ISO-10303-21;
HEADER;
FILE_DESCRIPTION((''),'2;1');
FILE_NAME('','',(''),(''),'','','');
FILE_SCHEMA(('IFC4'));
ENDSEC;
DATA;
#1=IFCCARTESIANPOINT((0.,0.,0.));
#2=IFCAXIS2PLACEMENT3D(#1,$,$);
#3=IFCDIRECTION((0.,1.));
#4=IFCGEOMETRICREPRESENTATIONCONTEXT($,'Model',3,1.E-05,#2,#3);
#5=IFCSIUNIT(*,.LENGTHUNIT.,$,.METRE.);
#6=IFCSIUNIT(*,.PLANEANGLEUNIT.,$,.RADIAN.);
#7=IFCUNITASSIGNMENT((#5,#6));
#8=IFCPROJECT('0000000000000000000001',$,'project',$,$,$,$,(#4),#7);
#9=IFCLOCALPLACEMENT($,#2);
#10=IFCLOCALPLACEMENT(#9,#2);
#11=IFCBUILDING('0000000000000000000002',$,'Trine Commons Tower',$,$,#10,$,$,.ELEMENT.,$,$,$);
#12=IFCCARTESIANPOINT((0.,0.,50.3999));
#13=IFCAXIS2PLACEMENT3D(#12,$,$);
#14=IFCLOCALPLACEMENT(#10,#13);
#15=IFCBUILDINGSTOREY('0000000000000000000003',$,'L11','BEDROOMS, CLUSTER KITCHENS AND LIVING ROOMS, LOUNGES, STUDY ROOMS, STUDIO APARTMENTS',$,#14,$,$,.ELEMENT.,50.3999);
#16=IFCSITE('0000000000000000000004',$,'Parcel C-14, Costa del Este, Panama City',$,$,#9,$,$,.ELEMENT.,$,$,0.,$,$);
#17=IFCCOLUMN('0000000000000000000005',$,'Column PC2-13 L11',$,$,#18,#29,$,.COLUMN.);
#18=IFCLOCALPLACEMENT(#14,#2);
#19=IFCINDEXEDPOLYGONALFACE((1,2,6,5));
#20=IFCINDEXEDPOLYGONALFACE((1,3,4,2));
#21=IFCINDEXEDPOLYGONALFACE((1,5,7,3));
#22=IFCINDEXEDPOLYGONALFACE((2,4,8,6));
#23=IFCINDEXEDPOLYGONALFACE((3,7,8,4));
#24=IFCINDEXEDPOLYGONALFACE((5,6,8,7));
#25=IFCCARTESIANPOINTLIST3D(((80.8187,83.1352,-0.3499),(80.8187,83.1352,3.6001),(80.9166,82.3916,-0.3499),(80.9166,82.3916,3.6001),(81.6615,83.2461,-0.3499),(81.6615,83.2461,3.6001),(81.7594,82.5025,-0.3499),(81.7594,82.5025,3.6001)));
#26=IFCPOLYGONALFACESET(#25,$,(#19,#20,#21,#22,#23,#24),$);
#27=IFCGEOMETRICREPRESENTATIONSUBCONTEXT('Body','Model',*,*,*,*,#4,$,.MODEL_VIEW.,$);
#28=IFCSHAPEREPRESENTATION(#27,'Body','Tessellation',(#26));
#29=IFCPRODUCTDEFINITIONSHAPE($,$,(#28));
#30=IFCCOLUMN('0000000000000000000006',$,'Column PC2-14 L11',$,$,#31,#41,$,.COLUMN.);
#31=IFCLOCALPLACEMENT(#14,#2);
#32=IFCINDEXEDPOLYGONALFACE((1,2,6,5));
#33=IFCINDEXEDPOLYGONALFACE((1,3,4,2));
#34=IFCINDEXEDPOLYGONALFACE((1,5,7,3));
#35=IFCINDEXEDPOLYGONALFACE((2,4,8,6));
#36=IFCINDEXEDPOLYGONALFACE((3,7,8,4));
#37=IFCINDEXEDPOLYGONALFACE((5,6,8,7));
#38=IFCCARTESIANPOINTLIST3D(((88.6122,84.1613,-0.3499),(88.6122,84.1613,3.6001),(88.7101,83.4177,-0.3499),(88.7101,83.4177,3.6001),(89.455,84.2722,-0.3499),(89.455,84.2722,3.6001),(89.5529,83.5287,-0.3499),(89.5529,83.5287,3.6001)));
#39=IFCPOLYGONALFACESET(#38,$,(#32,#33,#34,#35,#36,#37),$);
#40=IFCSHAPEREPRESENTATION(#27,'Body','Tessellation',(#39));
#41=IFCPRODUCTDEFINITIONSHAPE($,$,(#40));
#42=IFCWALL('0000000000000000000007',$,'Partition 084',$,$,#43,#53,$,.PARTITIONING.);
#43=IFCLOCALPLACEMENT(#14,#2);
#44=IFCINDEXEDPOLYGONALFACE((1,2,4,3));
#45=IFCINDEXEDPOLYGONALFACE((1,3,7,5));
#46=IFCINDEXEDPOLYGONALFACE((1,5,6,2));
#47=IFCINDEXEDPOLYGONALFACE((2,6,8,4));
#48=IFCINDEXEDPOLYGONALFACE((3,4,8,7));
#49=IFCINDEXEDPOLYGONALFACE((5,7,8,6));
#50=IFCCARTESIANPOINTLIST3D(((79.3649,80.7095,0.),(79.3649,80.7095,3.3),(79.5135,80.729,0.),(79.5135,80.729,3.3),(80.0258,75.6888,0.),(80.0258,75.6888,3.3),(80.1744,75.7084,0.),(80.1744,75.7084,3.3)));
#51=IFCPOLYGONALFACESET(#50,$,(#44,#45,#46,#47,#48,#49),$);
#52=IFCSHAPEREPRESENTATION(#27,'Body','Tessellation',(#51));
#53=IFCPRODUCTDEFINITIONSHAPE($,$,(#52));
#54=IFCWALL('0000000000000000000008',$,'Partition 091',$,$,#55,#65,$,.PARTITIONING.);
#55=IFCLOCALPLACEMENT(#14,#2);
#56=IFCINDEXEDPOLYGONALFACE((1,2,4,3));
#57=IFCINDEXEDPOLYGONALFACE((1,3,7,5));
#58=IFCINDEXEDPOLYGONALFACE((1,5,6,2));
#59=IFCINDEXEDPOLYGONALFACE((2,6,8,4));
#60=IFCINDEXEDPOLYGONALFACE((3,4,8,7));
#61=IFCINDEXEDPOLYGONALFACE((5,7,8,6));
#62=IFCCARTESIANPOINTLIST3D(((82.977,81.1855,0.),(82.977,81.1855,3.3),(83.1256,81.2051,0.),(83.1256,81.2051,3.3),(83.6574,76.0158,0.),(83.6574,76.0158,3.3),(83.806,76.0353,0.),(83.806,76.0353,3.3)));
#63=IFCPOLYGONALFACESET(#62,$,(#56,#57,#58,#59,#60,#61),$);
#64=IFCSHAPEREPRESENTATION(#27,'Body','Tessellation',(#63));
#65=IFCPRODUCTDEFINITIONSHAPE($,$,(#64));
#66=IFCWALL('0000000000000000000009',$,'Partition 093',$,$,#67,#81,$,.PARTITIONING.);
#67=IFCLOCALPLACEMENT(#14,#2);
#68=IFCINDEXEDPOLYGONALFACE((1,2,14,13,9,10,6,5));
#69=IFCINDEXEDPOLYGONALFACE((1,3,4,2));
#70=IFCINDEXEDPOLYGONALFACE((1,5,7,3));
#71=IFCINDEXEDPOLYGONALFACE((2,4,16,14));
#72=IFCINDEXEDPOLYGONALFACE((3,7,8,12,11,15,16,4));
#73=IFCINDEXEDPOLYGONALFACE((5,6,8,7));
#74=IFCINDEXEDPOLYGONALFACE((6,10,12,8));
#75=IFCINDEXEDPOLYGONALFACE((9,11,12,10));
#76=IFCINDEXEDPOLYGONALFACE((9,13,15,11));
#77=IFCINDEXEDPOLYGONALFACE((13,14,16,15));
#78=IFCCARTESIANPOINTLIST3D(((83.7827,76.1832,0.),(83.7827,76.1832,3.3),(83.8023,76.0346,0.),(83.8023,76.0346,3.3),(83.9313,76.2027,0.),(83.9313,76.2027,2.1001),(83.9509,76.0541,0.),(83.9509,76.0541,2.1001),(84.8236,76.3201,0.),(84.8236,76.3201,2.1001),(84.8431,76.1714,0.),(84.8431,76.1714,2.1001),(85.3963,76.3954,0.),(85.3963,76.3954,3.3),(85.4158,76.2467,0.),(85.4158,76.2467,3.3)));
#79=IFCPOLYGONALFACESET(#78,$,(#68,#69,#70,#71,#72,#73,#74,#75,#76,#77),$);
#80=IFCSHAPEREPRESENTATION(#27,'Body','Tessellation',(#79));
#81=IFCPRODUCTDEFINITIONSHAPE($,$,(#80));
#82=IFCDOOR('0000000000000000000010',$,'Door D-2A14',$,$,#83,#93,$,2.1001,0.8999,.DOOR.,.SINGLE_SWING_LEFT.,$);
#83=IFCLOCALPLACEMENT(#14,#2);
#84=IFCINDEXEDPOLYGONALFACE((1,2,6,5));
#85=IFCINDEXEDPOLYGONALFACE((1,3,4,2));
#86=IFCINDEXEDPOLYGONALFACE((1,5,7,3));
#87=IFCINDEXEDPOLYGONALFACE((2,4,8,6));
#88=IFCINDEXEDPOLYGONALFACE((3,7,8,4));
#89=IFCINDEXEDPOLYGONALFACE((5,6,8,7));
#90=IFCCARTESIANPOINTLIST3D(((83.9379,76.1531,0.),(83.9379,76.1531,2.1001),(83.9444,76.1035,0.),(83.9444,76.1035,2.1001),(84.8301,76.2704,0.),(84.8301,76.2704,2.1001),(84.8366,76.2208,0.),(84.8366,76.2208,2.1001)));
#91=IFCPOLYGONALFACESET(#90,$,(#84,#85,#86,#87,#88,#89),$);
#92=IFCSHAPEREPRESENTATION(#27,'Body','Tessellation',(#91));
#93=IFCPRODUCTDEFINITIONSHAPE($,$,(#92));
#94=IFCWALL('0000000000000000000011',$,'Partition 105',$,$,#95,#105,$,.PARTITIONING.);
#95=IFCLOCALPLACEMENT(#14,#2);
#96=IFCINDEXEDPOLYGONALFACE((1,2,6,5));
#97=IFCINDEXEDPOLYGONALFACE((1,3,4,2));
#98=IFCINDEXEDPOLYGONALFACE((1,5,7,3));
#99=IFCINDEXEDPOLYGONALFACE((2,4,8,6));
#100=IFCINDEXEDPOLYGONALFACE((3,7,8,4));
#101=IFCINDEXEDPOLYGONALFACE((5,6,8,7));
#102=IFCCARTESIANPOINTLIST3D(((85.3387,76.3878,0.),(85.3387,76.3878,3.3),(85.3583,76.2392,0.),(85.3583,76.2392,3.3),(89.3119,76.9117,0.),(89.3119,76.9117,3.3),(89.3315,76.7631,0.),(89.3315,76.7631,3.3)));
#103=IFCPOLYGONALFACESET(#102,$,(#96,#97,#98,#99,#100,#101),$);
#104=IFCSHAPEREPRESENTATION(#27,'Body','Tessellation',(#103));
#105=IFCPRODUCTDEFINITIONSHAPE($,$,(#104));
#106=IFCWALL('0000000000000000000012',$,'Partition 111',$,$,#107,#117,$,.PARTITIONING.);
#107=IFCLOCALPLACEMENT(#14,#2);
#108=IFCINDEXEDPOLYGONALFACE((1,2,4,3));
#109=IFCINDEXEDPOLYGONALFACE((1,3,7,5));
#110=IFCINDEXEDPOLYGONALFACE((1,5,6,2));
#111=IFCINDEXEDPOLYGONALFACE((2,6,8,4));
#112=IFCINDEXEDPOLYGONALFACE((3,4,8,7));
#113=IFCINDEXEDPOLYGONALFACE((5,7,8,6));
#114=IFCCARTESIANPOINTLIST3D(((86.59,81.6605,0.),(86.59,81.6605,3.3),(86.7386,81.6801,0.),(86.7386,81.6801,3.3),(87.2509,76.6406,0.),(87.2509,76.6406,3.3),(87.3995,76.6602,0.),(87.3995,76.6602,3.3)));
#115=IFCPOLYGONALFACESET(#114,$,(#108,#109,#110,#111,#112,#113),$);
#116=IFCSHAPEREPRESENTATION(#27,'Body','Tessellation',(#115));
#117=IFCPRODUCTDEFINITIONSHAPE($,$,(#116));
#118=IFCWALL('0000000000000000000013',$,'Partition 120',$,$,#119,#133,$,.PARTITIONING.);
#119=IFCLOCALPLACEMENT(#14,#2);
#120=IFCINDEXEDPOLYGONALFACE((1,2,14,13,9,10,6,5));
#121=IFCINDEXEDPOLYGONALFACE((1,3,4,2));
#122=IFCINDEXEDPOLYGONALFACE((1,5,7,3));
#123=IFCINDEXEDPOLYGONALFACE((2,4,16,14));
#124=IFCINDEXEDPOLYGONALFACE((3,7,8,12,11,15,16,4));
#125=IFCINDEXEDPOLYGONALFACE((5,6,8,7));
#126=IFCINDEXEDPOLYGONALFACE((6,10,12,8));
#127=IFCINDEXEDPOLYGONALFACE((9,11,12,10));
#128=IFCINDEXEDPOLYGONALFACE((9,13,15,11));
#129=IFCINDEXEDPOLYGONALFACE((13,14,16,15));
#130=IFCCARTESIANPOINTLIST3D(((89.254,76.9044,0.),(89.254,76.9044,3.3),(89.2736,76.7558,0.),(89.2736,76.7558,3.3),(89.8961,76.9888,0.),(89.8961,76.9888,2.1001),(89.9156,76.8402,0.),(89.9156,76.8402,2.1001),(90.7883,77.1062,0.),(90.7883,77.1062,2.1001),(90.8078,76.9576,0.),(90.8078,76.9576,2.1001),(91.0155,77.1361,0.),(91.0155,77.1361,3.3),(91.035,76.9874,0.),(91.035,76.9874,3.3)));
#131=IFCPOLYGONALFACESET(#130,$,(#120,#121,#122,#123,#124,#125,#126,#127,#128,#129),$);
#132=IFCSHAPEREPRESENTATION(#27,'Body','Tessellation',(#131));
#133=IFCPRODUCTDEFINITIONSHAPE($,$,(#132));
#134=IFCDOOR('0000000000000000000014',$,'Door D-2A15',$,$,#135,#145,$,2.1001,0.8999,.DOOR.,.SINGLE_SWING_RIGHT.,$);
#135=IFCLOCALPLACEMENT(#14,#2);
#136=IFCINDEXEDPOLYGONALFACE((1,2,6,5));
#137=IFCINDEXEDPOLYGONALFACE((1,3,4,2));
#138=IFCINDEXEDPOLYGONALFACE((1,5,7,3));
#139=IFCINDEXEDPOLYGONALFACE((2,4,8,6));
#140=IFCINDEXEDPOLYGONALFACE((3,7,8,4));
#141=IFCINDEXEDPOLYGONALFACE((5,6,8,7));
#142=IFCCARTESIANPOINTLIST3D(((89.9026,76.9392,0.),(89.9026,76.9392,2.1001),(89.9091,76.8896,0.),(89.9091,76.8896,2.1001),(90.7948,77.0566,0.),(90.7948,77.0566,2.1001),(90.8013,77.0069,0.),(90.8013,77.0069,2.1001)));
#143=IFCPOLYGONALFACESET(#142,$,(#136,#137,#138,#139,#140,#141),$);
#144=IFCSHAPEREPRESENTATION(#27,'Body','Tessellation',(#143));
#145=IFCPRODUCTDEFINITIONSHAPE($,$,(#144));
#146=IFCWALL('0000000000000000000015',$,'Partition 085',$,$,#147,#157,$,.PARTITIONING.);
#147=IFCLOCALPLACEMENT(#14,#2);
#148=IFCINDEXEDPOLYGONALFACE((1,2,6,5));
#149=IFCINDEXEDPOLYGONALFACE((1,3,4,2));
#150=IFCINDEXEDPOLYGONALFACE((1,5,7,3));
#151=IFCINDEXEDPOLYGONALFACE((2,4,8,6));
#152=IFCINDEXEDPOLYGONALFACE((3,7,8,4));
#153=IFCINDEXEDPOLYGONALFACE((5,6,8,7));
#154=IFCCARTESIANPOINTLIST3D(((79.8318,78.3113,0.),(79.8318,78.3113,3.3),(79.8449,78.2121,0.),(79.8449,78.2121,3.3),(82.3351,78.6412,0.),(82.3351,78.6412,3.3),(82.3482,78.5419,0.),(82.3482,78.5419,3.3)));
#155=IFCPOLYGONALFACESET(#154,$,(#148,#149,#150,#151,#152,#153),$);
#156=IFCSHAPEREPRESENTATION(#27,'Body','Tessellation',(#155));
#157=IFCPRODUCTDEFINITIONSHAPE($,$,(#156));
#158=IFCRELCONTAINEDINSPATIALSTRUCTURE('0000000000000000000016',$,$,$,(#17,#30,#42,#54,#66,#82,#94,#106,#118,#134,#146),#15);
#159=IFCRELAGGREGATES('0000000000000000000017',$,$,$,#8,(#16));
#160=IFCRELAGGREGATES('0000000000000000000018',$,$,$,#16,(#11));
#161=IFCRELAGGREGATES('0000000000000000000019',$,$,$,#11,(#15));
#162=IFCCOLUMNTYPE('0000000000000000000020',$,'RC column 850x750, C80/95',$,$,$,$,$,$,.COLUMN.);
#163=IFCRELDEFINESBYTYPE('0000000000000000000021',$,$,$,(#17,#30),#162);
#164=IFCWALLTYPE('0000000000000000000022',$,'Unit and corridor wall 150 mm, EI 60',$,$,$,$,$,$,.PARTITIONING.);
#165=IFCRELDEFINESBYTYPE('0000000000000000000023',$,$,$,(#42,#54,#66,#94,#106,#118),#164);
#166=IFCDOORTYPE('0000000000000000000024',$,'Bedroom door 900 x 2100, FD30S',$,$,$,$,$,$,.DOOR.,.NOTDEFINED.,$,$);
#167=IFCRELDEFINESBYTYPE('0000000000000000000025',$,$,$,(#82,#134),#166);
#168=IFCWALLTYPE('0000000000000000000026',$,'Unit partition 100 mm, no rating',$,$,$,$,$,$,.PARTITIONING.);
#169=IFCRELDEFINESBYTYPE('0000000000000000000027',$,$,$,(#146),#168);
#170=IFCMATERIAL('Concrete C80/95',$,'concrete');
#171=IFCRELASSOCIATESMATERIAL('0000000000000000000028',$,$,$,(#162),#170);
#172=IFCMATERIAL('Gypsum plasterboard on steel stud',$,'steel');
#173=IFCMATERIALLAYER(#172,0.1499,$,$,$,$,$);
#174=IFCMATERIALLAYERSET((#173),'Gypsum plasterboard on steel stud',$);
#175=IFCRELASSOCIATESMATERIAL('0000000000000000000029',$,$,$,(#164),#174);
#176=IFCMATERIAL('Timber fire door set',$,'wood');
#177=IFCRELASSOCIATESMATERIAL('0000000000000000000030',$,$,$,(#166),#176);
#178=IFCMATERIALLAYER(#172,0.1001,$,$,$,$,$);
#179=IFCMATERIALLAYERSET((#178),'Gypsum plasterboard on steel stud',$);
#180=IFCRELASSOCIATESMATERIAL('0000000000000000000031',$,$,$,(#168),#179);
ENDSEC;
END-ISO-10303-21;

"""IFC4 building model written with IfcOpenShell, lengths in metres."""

from ifc_helpers import new_model, si_unit, direction, frame, frame_2d, origin, origin_2d, place, context, subcontext, project, spatial, rectangle, extrude, material, layer, layer_set, material_profile, profile_set, type_object, element, fill, save


model = new_model("IFC4")

# Units and contexts
model_context = context("Model", 3, precision=1e-05, world=origin(), true_north=direction((0.0, 1.0)))
body_context = subcontext(model_context, "Body", "Model", "MODEL_VIEW")
ifc_project = project(units=[si_unit("LENGTHUNIT", "METRE"), si_unit("PLANEANGLEUNIT", "RADIAN")], contexts=[model_context])

# Site, building, storey
site_placement = place(None, origin())
site = spatial("IfcSite", under=ifc_project, at=site_placement, Name="Parcel C-14, Costa del Este, Panama City", CompositionType="ELEMENT", RefElevation=0.0)
building_placement = place(site_placement, origin())
building = spatial("IfcBuilding", under=site, at=building_placement, Name="Trine Commons Tower", CompositionType="ELEMENT")
storey_placement = place(building_placement, frame((0.0, 0.0, 50.3999)))
storey = spatial("IfcBuildingStorey", under=building, at=storey_placement, Name="L11", Description="BEDROOMS, CLUSTER KITCHENS AND LIVING ROOMS, LOUNGES, STUDY ROOMS, STUDIO APARTMENTS", CompositionType="ELEMENT", Elevation=50.3999)

# Columns
ifc_material_1 = material(Name="Concrete C80/95", Category="concrete")
ifc_material_profile = material_profile(ifc_material_1, rectangle(XDim=0.8501, YDim=0.75, at=origin_2d()), Name="RC 850x750")
ifc_profile_set = profile_set([ifc_material_profile], Name="Concrete C80/95")
column_type = type_object("IfcColumnType", Name="RC column 850x750, C80/95", PredefinedType="COLUMN", material=ifc_profile_set)
for number, where, z_axis, x_axis, name in (
    (1, (81.2891, 82.8188, -0.3499), (0.0, 0.0, 1.0), (0.991445, 0.130526, 0.0), "Column PC2-13 L11"),
    (2, (89.0825, 83.845, -0.3499), (0.0, 0.0, 1.0), (0.991445, 0.130526, 0.0), "Column PC2-14 L11"),
):
    element("IfcColumn", number, at=place(storey_placement, frame(where, z_axis=z_axis, x_axis=x_axis)), inside=storey, type_object=column_type, Name=name, PredefinedType="COLUMN", context=body_context, shape_type="SweptSolid", body=[
        extrude(rectangle(XDim=0.8501, YDim=0.75, at=origin_2d()), origin(), (0.0, 0.0, 1.0), 3.95),
    ])

# Walls
ifc_material_2 = material(Name="Gypsum plasterboard on steel stud", Category="steel")
ifc_layer_1 = layer(ifc_material_2, 0.1499)
ifc_layer_set_1 = layer_set([ifc_layer_1], Name="Gypsum plasterboard on steel stud")
wall_type_1 = type_object("IfcWallType", Name="Unit and corridor wall 150 mm, EI 60", PredefinedType="PARTITIONING", material=ifc_layer_set_1)
wall_1_placement = place(storey_placement, frame((79.4392, 80.7192, 0.0), z_axis=(0.0, 0.0, 1.0), x_axis=(0.130506, -0.991448, 0.0)))
element("IfcWall", 3, at=wall_1_placement, inside=storey, type_object=wall_type_1, Name="Partition 084", PredefinedType="PARTITIONING", context=body_context, shape_type="SweptSolid", body=[
    extrude(rectangle(XDim=5.064, YDim=0.1499, at=frame_2d((2.532, 0.0))), origin(), (0.0, 0.0, 1.0), 3.3),
])
wall_2_placement = place(storey_placement, frame((83.0513, 81.1953, 0.0), z_axis=(0.0, 0.0, 1.0), x_axis=(0.130492, -0.991449, 0.0)))
element("IfcWall", 4, at=wall_2_placement, inside=storey, type_object=wall_type_1, Name="Partition 091", PredefinedType="PARTITIONING", context=body_context, shape_type="SweptSolid", body=[
    extrude(rectangle(XDim=5.2144, YDim=0.1499, at=frame_2d((2.6072, 0.0))), origin(), (0.0, 0.0, 1.0), 3.3),
])

# Wall, opening, door
wall_3_placement = place(storey_placement, frame((83.7925, 76.1089, 0.0), z_axis=(0.0, 0.0, 1.0), x_axis=(0.991466, 0.130365, 0.0)))
wall_3 = element("IfcWall", 5, at=wall_3_placement, inside=storey, type_object=wall_type_1, Name="Partition 093", PredefinedType="PARTITIONING", context=body_context, shape_type="SweptSolid", body=[
    extrude(rectangle(XDim=1.6274, YDim=0.1499, at=frame_2d((0.8137, 0.0))), origin(), (0.0, 0.0, 1.0), 3.3),
])
opening_1_placement = place(wall_3_placement, frame((0.1499, 0.0, 0.0)))
opening_1 = element("IfcOpeningElement", 6, at=opening_1_placement, cuts=wall_3, PredefinedType="OPENING", context=body_context, shape_type="SweptSolid", body=[
    extrude(rectangle(XDim=0.8999, YDim=2.1001, at=frame_2d((0.45, 1.05))), frame((0.0, 0.085, 0.0), z_axis=(0.0, -1.0, 0.0), x_axis=(1.0, 0.0, 0.0)), (0.0, 0.0, 1.0), 0.1699),
])
ifc_material_3 = material(Name="Timber fire door set", Category="wood")
door_type_1 = type_object("IfcDoorType", Name="Bedroom door 900 x 2100, FD30S", OperationType="NOTDEFINED", PredefinedType="DOOR", material=ifc_material_3)
door_1_placement = place(opening_1_placement, origin())
door_1 = element("IfcDoor", 7, at=door_1_placement, inside=storey, type_object=door_type_1, Name="Door D-2A14", OperationType="SINGLE_SWING_LEFT", OverallHeight=2.1001, OverallWidth=0.8999, PredefinedType="DOOR", context=body_context, shape_type="SweptSolid", body=[
    extrude(rectangle(XDim=0.8999, YDim=2.1001, at=frame_2d((0.45, 1.05))), frame((0.0, 0.0249, 0.0), z_axis=(0.0, -1.0, 0.0), x_axis=(1.0, 0.0, 0.0)), (0.0, 0.0, 1.0), 0.05),
])
fill(opening_1, door_1)

# Walls
wall_4_placement = place(storey_placement, frame((85.3484, 76.3135, 0.0), z_axis=(0.0, 0.0, 1.0), x_axis=(0.991417, 0.130735, 0.0)))
element("IfcWall", 8, at=wall_4_placement, inside=storey, type_object=wall_type_1, Name="Partition 105", PredefinedType="PARTITIONING", context=body_context, shape_type="SweptSolid", body=[
    extrude(rectangle(XDim=4.0076, YDim=0.1499, at=frame_2d((2.0039, 0.0))), origin(), (0.0, 0.0, 1.0), 3.3),
])
wall_5_placement = place(storey_placement, frame((86.6643, 81.6704, 0.0), z_axis=(0.0, 0.0, 1.0), x_axis=(0.130524, -0.991445, 0.0)))
element("IfcWall", 9, at=wall_5_placement, inside=storey, type_object=wall_type_1, Name="Partition 111", PredefinedType="PARTITIONING", context=body_context, shape_type="SweptSolid", body=[
    extrude(rectangle(XDim=5.0632, YDim=0.1499, at=frame_2d((2.5317, 0.0))), origin(), (0.0, 0.0, 1.0), 3.3),
])

# Wall, opening, door
wall_6_placement = place(storey_placement, frame((89.2639, 76.8301, 0.0), z_axis=(0.0, 0.0, 1.0), x_axis=(0.99146, 0.130408, 0.0)))
wall_6 = element("IfcWall", 10, at=wall_6_placement, inside=storey, type_object=wall_type_1, Name="Partition 120", PredefinedType="PARTITIONING", context=body_context, shape_type="SweptSolid", body=[
    extrude(rectangle(XDim=1.7766, YDim=0.1499, at=frame_2d((0.8882, 0.0))), origin(), (0.0, 0.0, 1.0), 3.3),
])
opening_2_placement = place(wall_6_placement, frame((0.6475, 0.0, 0.0)))
opening_2 = element("IfcOpeningElement", 11, at=opening_2_placement, cuts=wall_6, PredefinedType="OPENING", context=body_context, shape_type="SweptSolid", body=[
    extrude(rectangle(XDim=0.8999, YDim=2.1001, at=frame_2d((0.45, 1.05))), frame((0.0, 0.085, 0.0), z_axis=(0.0, -1.0, 0.0), x_axis=(1.0, 0.0, 0.0)), (0.0, 0.0, 1.0), 0.1699),
])
door_2_placement = place(opening_2_placement, origin())
door_2 = element("IfcDoor", 12, at=door_2_placement, inside=storey, type_object=door_type_1, Name="Door D-2A15", OperationType="SINGLE_SWING_RIGHT", OverallHeight=2.1001, OverallWidth=0.8999, PredefinedType="DOOR", context=body_context, shape_type="SweptSolid", body=[
    extrude(rectangle(XDim=0.8999, YDim=2.1001, at=frame_2d((0.45, 1.05))), frame((0.0, 0.0249, 0.0), z_axis=(0.0, -1.0, 0.0), x_axis=(1.0, 0.0, 0.0)), (0.0, 0.0, 1.0), 0.05),
])
fill(opening_2, door_2)

# Wall
ifc_layer_2 = layer(ifc_material_2, 0.1001)
ifc_layer_set_2 = layer_set([ifc_layer_2], Name="Gypsum plasterboard on steel stud")
wall_type_2 = type_object("IfcWallType", Name="Unit partition 100 mm, no rating", PredefinedType="PARTITIONING", material=ifc_layer_set_2)
wall_7_placement = place(storey_placement, frame((79.8384, 78.2617, 0.0), z_axis=(0.0, 0.0, 1.0), x_axis=(0.99143, 0.130637, 0.0)))
element("IfcWall", 13, at=wall_7_placement, inside=storey, type_object=wall_type_2, Name="Partition 085", PredefinedType="PARTITIONING", context=body_context, shape_type="SweptSolid", body=[
    extrude(rectangle(XDim=2.5249, YDim=0.1001, at=frame_2d((1.2625, 0.0))), origin(), (0.0, 0.0, 1.0), 3.3),
])

save(model, "model.ifc")
